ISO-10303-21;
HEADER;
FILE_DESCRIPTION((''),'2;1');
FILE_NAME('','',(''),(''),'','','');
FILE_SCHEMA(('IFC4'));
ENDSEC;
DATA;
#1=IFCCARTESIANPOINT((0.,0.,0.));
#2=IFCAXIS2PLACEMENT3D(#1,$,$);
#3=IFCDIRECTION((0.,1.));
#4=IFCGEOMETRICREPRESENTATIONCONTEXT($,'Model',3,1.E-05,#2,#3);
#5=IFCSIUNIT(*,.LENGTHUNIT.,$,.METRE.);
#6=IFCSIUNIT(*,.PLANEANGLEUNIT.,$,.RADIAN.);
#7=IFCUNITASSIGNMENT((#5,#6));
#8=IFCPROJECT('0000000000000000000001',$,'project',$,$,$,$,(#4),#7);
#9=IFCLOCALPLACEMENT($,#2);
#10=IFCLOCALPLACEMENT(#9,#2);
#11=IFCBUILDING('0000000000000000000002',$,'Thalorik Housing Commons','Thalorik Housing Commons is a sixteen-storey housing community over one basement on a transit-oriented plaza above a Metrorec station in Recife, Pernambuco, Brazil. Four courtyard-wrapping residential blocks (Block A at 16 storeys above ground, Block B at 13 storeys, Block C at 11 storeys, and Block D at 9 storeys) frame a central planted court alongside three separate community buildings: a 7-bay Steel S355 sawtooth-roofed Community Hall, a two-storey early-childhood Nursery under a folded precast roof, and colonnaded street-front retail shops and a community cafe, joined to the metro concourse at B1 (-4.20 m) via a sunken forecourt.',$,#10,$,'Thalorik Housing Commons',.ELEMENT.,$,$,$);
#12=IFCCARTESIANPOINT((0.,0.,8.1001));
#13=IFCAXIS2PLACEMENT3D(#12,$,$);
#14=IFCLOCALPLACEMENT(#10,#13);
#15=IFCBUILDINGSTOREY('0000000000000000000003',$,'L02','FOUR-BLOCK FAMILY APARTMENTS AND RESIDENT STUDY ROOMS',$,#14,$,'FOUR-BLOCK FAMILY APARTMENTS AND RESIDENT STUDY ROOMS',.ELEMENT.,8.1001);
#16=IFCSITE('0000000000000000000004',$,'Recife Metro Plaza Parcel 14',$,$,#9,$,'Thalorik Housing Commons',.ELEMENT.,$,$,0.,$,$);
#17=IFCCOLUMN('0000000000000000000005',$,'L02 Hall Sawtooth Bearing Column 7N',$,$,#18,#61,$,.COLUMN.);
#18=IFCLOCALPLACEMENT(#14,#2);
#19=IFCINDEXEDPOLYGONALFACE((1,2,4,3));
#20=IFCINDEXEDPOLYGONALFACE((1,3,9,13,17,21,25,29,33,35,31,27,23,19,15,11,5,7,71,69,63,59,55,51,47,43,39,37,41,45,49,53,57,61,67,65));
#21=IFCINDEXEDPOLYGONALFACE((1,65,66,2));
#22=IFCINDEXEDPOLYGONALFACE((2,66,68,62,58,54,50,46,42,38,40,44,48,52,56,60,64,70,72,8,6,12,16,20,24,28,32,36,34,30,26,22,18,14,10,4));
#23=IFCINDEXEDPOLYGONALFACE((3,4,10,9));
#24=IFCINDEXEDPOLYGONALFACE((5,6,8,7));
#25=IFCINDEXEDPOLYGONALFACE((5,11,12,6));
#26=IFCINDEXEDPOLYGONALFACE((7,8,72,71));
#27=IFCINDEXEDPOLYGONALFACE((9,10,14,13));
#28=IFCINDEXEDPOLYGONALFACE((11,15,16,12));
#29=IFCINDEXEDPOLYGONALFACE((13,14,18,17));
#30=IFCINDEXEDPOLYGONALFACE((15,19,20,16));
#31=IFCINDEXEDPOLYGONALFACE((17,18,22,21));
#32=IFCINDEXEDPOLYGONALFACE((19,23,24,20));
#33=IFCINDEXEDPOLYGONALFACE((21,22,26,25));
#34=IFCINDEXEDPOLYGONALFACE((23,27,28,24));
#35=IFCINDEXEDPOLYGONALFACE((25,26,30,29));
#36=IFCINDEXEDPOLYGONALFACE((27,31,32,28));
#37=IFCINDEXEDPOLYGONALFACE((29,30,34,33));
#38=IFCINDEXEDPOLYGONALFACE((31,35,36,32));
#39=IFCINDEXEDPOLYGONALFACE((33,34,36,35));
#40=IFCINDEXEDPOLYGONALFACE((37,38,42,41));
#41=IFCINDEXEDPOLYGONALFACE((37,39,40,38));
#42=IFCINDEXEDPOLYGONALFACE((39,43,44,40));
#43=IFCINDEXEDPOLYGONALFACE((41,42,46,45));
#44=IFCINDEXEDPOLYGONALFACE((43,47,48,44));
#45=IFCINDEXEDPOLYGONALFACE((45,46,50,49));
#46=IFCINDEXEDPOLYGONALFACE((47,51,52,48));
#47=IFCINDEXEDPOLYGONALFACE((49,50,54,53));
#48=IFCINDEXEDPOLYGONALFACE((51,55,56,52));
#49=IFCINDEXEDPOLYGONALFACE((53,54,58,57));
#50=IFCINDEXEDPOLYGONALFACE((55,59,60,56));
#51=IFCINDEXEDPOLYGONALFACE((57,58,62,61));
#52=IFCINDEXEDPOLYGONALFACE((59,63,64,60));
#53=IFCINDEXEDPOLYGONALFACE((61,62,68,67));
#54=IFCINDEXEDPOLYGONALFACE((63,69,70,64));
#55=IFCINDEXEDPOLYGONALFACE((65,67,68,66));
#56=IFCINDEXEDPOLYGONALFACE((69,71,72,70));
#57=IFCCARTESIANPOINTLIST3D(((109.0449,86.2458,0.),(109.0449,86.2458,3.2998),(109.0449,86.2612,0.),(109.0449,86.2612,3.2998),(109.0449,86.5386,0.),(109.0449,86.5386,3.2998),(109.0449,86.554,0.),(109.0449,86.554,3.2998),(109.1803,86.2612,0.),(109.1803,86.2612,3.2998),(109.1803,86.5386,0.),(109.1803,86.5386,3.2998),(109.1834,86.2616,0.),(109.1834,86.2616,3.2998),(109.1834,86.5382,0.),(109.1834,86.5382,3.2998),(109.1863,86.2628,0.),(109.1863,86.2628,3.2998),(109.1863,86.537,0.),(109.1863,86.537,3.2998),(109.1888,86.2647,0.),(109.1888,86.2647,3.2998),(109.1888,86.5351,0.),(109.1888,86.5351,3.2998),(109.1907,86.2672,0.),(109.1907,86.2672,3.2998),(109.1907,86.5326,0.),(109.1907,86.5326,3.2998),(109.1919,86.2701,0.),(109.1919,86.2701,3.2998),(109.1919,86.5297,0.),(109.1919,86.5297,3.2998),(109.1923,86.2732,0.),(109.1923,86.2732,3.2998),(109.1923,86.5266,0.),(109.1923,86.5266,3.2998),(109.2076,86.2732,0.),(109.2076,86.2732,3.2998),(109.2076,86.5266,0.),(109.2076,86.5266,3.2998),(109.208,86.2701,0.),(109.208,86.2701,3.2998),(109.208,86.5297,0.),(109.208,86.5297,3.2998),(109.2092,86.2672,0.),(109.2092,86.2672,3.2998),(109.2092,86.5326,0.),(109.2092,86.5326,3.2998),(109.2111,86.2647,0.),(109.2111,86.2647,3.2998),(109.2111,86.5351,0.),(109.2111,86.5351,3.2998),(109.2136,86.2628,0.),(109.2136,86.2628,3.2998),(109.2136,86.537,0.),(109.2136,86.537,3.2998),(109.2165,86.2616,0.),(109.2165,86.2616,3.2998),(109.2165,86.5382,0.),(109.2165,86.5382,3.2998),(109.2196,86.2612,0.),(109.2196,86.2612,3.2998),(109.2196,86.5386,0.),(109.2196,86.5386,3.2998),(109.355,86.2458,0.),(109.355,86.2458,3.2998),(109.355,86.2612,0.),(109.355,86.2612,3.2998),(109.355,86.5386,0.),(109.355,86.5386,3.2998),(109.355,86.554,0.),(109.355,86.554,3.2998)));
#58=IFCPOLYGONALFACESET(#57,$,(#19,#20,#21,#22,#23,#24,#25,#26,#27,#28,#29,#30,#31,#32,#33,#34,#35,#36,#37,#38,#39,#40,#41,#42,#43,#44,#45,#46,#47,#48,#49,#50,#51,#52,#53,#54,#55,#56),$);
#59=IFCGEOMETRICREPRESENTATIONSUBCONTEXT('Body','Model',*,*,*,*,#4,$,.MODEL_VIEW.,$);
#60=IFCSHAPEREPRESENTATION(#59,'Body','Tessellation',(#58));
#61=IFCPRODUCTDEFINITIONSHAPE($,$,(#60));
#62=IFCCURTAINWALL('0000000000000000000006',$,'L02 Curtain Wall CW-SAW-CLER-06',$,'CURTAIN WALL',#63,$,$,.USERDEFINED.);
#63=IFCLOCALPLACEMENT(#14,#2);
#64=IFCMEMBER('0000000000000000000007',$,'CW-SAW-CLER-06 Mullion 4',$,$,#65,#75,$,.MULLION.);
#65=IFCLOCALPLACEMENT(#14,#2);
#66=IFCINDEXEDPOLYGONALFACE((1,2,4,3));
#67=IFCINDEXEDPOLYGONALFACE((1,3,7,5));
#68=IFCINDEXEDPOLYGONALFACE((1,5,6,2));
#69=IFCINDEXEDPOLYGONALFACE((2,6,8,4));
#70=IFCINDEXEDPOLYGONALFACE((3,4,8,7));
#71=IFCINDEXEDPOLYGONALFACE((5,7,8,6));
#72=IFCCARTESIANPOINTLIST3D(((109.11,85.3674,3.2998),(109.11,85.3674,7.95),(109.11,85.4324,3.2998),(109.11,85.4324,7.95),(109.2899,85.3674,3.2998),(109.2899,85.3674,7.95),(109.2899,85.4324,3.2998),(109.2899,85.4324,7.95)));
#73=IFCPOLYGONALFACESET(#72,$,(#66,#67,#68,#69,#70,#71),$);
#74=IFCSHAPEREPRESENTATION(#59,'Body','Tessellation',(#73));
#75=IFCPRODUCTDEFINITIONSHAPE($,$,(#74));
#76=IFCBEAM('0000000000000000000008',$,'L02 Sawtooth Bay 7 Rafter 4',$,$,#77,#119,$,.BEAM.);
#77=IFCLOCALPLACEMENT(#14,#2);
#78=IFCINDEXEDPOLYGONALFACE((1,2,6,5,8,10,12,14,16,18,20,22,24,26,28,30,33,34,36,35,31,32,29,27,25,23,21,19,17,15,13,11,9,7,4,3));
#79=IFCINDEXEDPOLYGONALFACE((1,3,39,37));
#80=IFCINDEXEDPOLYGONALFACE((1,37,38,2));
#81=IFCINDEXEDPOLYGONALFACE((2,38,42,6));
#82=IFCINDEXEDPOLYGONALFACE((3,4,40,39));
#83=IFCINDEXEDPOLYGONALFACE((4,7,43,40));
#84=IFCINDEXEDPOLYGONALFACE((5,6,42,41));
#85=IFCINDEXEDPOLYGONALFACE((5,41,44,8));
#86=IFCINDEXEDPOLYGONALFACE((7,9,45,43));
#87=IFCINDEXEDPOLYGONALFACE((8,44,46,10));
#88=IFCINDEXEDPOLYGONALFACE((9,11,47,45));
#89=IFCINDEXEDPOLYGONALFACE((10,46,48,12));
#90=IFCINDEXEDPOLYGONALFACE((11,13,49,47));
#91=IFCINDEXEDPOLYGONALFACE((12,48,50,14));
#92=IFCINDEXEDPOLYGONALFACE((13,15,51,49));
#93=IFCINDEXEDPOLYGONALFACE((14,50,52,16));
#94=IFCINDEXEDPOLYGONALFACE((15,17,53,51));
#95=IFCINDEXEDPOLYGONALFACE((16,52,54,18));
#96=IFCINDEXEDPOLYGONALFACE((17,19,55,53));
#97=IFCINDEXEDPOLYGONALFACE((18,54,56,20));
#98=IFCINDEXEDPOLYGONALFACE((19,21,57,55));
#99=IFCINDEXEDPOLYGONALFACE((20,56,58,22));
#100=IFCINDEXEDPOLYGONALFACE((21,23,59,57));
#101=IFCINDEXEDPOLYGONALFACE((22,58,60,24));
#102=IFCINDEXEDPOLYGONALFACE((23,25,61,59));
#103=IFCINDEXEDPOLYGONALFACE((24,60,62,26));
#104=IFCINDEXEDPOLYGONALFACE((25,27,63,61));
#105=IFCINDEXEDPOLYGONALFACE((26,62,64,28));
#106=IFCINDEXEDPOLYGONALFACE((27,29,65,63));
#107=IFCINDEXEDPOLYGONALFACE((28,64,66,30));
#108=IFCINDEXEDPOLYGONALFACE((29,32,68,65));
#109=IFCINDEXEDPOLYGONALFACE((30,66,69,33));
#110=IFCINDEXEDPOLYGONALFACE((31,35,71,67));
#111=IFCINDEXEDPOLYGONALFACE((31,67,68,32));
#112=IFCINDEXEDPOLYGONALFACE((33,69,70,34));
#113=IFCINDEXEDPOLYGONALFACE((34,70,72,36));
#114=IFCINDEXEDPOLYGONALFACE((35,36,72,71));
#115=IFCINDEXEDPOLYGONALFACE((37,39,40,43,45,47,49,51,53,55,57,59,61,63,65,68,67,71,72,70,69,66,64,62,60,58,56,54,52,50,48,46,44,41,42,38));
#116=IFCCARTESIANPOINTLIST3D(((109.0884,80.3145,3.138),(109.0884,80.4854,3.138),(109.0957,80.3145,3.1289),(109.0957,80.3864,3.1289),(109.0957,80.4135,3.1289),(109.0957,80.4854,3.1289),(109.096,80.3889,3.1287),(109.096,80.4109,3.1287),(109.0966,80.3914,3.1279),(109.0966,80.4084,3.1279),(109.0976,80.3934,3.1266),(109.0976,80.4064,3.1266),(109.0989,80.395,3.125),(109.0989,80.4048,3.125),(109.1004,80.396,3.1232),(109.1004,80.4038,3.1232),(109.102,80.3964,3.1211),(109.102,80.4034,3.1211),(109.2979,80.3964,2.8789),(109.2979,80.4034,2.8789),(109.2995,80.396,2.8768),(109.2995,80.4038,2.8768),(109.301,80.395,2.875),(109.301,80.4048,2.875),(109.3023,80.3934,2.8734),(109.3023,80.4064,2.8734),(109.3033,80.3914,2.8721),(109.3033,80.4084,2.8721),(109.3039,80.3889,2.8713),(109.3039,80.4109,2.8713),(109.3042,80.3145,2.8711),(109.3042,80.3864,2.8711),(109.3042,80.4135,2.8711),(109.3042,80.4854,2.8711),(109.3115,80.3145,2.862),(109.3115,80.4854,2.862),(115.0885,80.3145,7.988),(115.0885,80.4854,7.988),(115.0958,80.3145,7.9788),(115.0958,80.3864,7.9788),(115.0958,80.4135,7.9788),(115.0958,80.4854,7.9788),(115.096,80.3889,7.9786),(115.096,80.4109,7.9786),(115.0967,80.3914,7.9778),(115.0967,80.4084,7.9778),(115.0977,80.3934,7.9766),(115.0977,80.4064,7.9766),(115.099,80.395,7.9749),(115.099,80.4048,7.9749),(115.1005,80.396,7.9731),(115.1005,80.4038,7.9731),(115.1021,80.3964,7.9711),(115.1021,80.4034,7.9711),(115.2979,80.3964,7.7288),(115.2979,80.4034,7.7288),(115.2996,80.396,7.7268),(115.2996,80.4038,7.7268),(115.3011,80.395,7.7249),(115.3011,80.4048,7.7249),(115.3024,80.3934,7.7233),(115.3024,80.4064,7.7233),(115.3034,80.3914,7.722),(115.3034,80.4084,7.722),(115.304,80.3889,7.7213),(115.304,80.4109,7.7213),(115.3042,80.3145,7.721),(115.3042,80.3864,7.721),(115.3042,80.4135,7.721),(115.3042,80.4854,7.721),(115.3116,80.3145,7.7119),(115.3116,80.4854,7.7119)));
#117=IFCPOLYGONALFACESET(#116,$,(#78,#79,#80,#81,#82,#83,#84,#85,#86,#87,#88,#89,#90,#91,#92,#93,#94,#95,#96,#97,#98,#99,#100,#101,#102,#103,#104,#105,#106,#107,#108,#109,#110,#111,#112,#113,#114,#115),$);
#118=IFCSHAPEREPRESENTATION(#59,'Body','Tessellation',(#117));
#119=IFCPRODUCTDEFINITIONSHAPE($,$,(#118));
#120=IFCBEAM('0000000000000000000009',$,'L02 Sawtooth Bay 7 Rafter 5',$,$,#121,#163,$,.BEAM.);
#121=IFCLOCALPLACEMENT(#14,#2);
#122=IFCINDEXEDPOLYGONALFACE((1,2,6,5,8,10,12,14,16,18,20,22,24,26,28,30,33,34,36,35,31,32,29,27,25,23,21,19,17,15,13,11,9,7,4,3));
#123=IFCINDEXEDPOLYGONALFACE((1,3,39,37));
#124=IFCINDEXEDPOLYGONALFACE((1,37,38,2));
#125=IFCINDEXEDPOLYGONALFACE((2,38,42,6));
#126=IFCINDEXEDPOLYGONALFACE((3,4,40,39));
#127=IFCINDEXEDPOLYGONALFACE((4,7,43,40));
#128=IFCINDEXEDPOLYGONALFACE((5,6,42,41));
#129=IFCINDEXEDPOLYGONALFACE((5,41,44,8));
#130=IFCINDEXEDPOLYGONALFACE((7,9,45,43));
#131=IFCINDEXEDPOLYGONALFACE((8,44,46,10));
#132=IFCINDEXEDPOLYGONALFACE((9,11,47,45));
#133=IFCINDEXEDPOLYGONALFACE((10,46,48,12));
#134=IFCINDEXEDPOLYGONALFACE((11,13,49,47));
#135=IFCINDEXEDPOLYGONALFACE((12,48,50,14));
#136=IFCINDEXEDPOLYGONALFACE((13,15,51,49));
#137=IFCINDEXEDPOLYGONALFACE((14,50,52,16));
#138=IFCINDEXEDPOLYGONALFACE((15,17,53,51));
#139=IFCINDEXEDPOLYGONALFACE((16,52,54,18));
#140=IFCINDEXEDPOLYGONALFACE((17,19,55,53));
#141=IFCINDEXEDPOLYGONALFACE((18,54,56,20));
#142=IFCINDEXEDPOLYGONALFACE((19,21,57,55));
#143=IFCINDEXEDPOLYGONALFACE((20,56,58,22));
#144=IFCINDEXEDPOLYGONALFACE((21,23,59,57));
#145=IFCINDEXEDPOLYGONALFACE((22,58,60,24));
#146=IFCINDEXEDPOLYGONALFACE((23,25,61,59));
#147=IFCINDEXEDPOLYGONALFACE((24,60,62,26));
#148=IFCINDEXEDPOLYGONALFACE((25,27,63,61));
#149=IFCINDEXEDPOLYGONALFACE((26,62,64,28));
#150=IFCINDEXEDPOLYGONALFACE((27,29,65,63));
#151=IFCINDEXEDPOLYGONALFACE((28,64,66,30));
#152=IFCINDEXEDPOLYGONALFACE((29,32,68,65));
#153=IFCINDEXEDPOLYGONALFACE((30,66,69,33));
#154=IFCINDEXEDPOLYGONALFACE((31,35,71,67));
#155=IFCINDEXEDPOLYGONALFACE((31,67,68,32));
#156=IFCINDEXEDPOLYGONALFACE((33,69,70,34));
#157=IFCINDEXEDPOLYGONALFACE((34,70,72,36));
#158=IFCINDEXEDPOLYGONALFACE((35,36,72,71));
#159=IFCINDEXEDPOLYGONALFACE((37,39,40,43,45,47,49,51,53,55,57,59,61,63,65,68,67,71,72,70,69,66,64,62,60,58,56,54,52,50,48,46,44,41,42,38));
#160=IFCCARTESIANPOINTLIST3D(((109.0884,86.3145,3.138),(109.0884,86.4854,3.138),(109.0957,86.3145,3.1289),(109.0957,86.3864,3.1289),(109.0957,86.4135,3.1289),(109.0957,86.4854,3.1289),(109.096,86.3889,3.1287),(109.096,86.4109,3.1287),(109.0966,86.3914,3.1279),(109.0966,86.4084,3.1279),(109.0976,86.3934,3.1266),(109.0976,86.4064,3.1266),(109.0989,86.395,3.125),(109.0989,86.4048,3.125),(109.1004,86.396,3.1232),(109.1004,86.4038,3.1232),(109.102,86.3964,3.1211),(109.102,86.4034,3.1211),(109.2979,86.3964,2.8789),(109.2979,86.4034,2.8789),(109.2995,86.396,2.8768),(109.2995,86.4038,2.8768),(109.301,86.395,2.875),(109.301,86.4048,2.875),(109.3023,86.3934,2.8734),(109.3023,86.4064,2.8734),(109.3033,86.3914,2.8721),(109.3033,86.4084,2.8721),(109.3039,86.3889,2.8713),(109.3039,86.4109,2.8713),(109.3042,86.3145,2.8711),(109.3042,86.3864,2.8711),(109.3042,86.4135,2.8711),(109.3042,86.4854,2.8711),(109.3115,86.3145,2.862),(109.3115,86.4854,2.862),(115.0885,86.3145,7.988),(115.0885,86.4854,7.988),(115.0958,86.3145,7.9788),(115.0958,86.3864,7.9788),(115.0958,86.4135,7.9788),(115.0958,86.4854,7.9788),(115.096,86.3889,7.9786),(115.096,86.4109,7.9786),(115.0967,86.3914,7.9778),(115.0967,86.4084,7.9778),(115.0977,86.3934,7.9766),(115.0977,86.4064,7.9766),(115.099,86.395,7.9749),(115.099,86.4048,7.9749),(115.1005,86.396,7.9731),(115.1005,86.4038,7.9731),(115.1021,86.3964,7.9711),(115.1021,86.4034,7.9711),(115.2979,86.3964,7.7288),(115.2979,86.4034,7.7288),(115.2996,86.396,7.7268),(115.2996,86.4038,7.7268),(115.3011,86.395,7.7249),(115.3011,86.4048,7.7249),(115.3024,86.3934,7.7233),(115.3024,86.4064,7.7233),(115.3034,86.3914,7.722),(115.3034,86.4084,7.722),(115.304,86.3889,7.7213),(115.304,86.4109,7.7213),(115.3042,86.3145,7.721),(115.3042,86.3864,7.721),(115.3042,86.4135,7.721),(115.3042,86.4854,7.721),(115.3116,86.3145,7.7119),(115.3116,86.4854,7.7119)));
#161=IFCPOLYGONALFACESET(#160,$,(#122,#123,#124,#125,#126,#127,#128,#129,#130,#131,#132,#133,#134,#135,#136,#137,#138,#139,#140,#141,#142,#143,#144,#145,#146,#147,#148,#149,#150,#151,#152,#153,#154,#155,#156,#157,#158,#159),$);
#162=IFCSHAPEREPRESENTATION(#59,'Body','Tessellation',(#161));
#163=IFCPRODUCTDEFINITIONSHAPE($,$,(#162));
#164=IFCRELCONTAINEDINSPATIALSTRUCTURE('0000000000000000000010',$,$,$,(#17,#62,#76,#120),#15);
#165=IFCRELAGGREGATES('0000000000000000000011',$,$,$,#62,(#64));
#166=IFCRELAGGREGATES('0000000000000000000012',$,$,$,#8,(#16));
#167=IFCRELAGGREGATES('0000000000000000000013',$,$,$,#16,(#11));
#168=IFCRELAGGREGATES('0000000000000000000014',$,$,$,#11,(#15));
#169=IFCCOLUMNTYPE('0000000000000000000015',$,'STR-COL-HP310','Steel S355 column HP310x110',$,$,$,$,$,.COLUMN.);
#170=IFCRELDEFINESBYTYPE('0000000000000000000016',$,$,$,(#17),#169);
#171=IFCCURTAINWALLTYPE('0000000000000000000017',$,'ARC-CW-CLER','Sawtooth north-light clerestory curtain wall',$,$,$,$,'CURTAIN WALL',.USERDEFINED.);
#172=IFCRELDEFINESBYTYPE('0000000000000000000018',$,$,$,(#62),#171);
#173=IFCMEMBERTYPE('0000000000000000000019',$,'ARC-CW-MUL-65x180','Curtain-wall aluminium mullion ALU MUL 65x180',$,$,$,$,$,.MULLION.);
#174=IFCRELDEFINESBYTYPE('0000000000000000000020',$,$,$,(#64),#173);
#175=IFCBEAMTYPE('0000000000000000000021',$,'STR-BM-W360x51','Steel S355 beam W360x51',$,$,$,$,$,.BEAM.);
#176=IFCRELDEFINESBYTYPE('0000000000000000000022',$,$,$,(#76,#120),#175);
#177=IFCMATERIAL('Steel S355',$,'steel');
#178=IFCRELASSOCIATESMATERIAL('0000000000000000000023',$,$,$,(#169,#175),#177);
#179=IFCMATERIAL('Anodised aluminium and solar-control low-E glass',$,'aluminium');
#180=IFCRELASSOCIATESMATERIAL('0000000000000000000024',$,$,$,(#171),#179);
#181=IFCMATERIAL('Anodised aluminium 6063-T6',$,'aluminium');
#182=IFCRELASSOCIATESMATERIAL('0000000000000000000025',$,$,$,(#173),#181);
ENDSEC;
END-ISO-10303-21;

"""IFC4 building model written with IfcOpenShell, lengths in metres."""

from ifc_helpers import new_model, si_unit, direction, frame, origin, origin_2d, place, context, subcontext, project, spatial, rectangle, i_section, extrude, material, material_profile, profile_set, type_object, element, aggregate, save


model = new_model("IFC4")

# Units and contexts
model_context = context("Model", 3, precision=1e-05, world=origin(), true_north=direction((0.0, 1.0)))
body_context = subcontext(model_context, "Body", "Model", "MODEL_VIEW")
ifc_project = project(units=[si_unit("LENGTHUNIT", "METRE"), si_unit("PLANEANGLEUNIT", "RADIAN")], contexts=[model_context])

# Site, building, storey
site_placement = place(None, origin())
site = spatial("IfcSite", under=ifc_project, at=site_placement, Name="Recife Metro Plaza Parcel 14", LongName="Thalorik Housing Commons", CompositionType="ELEMENT", RefElevation=0.0)
building_placement = place(site_placement, origin())
building = spatial("IfcBuilding", under=site, at=building_placement, Name="Thalorik Housing Commons", Description="Thalorik Housing Commons is a sixteen-storey housing community over one basement on a transit-oriented plaza above a Metrorec station in Recife, Pernambuco, Brazil. Four courtyard-wrapping residential blocks (Block A at 16 storeys above ground, Block B at 13 storeys, Block C at 11 storeys, and Block D at 9 storeys) frame a central planted court alongside three separate community buildings: a 7-bay Steel S355 sawtooth-roofed Community Hall, a two-storey early-childhood Nursery under a folded precast roof, and colonnaded street-front retail shops and a community cafe, joined to the metro concourse at B1 (-4.20 m) via a sunken forecourt.", LongName="Thalorik Housing Commons", CompositionType="ELEMENT")
storey_placement = place(building_placement, frame((0.0, 0.0, 8.1001)))
storey = spatial("IfcBuildingStorey", under=building, at=storey_placement, Name="L02", Description="FOUR-BLOCK FAMILY APARTMENTS AND RESIDENT STUDY ROOMS", LongName="FOUR-BLOCK FAMILY APARTMENTS AND RESIDENT STUDY ROOMS", CompositionType="ELEMENT", Elevation=8.1001)

# Column
ifc_material_1 = material(Name="Steel S355", Category="steel")
ifc_material_profile_1 = material_profile(ifc_material_1, i_section(OverallWidth=0.3101, OverallDepth=0.3081, WebThickness=0.0154, FlangeThickness=0.0154, FilletRadius=0.012, at=origin_2d()), Name="HP310x110", Category="steel")
ifc_profile_set_1 = profile_set([ifc_material_profile_1], Name="Steel S355")
column_type = type_object("IfcColumnType", Name="STR-COL-HP310", Description="Steel S355 column HP310x110", PredefinedType="COLUMN", material=ifc_profile_set_1)
column_placement = place(storey_placement, frame((109.2, 86.3999, 0.0), z_axis=(0.0, 0.0, 1.0), x_axis=(1.0, 0.0, 0.0)))
element("IfcColumn", 1, at=column_placement, inside=storey, type_object=column_type, Name="L02 Hall Sawtooth Bearing Column 7N", PredefinedType="COLUMN", context=body_context, shape_type="SweptSolid", body=[
    extrude(i_section(OverallWidth=0.3101, OverallDepth=0.3081, WebThickness=0.0154, FlangeThickness=0.0154, FilletRadius=0.012, at=origin_2d()), origin(), (0.0, 0.0, 1.0), 3.2998),
])

# Curtain wall, member
ifc_material_2 = material(Name="Anodised aluminium and solar-control low-E glass", Category="aluminium")
curtain_wall_type = type_object("IfcCurtainWallType", Name="ARC-CW-CLER", Description="Sawtooth north-light clerestory curtain wall", ElementType="CURTAIN WALL", PredefinedType="USERDEFINED", material=ifc_material_2)
curtain_wall_placement = place(storey_placement, origin())
curtain_wall = element("IfcCurtainWall", 2, at=curtain_wall_placement, inside=storey, type_object=curtain_wall_type, Name="L02 Curtain Wall CW-SAW-CLER-06", ObjectType="CURTAIN WALL", PredefinedType="USERDEFINED")
ifc_material_3 = material(Name="Anodised aluminium 6063-T6", Category="aluminium")
ifc_material_profile_2 = material_profile(ifc_material_3, rectangle(XDim=0.0649, YDim=0.1799, at=origin_2d()), Name="ALU MUL 65x180", Category="aluminium")
ifc_profile_set_2 = profile_set([ifc_material_profile_2], Name="Anodised aluminium 6063-T6")
member_type_1 = type_object("IfcMemberType", Name="ARC-CW-MUL-65x180", Description="Curtain-wall aluminium mullion ALU MUL 65x180", PredefinedType="MULLION", material=ifc_profile_set_2)
member_1_placement = place(storey_placement, frame((109.2, 85.3999, 3.2998), z_axis=(0.0, 0.0, 1.0), x_axis=(0.0, 1.0, 0.0)))
member_1 = element("IfcMember", 3, at=member_1_placement, type_object=member_type_1, Name="CW-SAW-CLER-06 Mullion 4", PredefinedType="MULLION", context=body_context, shape_type="SweptSolid", body=[
    extrude(rectangle(XDim=0.0649, YDim=0.1799, at=origin_2d()), origin(), (0.0, 0.0, 1.0), 4.6501),
])

# Beams
ifc_material_profile_3 = material_profile(ifc_material_1, i_section(OverallWidth=0.1709, OverallDepth=0.355, WebThickness=0.0071, FlangeThickness=0.0117, FilletRadius=0.01, at=origin_2d()), Name="W360x51", Category="steel")
ifc_profile_set_3 = profile_set([ifc_material_profile_3], Name="Steel S355")
beam_type = type_object("IfcBeamType", Name="STR-BM-W360x51", Description="Steel S355 beam W360x51", PredefinedType="BEAM", material=ifc_profile_set_3)
for number, where, z_axis, x_axis, name in (
    (4, (109.2, 80.3999, 3.0), (0.777707, 0.0, 0.628627), (0.0, 1.0, 0.0), "L02 Sawtooth Bay 7 Rafter 4"),
    (5, (109.2, 86.3999, 3.0), (0.777707, 0.0, 0.628627), (0.0, 1.0, 0.0), "L02 Sawtooth Bay 7 Rafter 5"),
):
    element("IfcBeam", number, at=place(storey_placement, frame(where, z_axis=z_axis, x_axis=x_axis)), inside=storey, type_object=beam_type, Name=name, PredefinedType="BEAM", context=body_context, shape_type="SweptSolid", body=[
        extrude(i_section(OverallWidth=0.1709, OverallDepth=0.355, WebThickness=0.0071, FlangeThickness=0.0117, FilletRadius=0.01, at=origin_2d()), origin(), (0.0, 0.0, 1.0), 7.7151),
    ])

aggregate(curtain_wall, [member_1])

save(model, "model.ifc")
